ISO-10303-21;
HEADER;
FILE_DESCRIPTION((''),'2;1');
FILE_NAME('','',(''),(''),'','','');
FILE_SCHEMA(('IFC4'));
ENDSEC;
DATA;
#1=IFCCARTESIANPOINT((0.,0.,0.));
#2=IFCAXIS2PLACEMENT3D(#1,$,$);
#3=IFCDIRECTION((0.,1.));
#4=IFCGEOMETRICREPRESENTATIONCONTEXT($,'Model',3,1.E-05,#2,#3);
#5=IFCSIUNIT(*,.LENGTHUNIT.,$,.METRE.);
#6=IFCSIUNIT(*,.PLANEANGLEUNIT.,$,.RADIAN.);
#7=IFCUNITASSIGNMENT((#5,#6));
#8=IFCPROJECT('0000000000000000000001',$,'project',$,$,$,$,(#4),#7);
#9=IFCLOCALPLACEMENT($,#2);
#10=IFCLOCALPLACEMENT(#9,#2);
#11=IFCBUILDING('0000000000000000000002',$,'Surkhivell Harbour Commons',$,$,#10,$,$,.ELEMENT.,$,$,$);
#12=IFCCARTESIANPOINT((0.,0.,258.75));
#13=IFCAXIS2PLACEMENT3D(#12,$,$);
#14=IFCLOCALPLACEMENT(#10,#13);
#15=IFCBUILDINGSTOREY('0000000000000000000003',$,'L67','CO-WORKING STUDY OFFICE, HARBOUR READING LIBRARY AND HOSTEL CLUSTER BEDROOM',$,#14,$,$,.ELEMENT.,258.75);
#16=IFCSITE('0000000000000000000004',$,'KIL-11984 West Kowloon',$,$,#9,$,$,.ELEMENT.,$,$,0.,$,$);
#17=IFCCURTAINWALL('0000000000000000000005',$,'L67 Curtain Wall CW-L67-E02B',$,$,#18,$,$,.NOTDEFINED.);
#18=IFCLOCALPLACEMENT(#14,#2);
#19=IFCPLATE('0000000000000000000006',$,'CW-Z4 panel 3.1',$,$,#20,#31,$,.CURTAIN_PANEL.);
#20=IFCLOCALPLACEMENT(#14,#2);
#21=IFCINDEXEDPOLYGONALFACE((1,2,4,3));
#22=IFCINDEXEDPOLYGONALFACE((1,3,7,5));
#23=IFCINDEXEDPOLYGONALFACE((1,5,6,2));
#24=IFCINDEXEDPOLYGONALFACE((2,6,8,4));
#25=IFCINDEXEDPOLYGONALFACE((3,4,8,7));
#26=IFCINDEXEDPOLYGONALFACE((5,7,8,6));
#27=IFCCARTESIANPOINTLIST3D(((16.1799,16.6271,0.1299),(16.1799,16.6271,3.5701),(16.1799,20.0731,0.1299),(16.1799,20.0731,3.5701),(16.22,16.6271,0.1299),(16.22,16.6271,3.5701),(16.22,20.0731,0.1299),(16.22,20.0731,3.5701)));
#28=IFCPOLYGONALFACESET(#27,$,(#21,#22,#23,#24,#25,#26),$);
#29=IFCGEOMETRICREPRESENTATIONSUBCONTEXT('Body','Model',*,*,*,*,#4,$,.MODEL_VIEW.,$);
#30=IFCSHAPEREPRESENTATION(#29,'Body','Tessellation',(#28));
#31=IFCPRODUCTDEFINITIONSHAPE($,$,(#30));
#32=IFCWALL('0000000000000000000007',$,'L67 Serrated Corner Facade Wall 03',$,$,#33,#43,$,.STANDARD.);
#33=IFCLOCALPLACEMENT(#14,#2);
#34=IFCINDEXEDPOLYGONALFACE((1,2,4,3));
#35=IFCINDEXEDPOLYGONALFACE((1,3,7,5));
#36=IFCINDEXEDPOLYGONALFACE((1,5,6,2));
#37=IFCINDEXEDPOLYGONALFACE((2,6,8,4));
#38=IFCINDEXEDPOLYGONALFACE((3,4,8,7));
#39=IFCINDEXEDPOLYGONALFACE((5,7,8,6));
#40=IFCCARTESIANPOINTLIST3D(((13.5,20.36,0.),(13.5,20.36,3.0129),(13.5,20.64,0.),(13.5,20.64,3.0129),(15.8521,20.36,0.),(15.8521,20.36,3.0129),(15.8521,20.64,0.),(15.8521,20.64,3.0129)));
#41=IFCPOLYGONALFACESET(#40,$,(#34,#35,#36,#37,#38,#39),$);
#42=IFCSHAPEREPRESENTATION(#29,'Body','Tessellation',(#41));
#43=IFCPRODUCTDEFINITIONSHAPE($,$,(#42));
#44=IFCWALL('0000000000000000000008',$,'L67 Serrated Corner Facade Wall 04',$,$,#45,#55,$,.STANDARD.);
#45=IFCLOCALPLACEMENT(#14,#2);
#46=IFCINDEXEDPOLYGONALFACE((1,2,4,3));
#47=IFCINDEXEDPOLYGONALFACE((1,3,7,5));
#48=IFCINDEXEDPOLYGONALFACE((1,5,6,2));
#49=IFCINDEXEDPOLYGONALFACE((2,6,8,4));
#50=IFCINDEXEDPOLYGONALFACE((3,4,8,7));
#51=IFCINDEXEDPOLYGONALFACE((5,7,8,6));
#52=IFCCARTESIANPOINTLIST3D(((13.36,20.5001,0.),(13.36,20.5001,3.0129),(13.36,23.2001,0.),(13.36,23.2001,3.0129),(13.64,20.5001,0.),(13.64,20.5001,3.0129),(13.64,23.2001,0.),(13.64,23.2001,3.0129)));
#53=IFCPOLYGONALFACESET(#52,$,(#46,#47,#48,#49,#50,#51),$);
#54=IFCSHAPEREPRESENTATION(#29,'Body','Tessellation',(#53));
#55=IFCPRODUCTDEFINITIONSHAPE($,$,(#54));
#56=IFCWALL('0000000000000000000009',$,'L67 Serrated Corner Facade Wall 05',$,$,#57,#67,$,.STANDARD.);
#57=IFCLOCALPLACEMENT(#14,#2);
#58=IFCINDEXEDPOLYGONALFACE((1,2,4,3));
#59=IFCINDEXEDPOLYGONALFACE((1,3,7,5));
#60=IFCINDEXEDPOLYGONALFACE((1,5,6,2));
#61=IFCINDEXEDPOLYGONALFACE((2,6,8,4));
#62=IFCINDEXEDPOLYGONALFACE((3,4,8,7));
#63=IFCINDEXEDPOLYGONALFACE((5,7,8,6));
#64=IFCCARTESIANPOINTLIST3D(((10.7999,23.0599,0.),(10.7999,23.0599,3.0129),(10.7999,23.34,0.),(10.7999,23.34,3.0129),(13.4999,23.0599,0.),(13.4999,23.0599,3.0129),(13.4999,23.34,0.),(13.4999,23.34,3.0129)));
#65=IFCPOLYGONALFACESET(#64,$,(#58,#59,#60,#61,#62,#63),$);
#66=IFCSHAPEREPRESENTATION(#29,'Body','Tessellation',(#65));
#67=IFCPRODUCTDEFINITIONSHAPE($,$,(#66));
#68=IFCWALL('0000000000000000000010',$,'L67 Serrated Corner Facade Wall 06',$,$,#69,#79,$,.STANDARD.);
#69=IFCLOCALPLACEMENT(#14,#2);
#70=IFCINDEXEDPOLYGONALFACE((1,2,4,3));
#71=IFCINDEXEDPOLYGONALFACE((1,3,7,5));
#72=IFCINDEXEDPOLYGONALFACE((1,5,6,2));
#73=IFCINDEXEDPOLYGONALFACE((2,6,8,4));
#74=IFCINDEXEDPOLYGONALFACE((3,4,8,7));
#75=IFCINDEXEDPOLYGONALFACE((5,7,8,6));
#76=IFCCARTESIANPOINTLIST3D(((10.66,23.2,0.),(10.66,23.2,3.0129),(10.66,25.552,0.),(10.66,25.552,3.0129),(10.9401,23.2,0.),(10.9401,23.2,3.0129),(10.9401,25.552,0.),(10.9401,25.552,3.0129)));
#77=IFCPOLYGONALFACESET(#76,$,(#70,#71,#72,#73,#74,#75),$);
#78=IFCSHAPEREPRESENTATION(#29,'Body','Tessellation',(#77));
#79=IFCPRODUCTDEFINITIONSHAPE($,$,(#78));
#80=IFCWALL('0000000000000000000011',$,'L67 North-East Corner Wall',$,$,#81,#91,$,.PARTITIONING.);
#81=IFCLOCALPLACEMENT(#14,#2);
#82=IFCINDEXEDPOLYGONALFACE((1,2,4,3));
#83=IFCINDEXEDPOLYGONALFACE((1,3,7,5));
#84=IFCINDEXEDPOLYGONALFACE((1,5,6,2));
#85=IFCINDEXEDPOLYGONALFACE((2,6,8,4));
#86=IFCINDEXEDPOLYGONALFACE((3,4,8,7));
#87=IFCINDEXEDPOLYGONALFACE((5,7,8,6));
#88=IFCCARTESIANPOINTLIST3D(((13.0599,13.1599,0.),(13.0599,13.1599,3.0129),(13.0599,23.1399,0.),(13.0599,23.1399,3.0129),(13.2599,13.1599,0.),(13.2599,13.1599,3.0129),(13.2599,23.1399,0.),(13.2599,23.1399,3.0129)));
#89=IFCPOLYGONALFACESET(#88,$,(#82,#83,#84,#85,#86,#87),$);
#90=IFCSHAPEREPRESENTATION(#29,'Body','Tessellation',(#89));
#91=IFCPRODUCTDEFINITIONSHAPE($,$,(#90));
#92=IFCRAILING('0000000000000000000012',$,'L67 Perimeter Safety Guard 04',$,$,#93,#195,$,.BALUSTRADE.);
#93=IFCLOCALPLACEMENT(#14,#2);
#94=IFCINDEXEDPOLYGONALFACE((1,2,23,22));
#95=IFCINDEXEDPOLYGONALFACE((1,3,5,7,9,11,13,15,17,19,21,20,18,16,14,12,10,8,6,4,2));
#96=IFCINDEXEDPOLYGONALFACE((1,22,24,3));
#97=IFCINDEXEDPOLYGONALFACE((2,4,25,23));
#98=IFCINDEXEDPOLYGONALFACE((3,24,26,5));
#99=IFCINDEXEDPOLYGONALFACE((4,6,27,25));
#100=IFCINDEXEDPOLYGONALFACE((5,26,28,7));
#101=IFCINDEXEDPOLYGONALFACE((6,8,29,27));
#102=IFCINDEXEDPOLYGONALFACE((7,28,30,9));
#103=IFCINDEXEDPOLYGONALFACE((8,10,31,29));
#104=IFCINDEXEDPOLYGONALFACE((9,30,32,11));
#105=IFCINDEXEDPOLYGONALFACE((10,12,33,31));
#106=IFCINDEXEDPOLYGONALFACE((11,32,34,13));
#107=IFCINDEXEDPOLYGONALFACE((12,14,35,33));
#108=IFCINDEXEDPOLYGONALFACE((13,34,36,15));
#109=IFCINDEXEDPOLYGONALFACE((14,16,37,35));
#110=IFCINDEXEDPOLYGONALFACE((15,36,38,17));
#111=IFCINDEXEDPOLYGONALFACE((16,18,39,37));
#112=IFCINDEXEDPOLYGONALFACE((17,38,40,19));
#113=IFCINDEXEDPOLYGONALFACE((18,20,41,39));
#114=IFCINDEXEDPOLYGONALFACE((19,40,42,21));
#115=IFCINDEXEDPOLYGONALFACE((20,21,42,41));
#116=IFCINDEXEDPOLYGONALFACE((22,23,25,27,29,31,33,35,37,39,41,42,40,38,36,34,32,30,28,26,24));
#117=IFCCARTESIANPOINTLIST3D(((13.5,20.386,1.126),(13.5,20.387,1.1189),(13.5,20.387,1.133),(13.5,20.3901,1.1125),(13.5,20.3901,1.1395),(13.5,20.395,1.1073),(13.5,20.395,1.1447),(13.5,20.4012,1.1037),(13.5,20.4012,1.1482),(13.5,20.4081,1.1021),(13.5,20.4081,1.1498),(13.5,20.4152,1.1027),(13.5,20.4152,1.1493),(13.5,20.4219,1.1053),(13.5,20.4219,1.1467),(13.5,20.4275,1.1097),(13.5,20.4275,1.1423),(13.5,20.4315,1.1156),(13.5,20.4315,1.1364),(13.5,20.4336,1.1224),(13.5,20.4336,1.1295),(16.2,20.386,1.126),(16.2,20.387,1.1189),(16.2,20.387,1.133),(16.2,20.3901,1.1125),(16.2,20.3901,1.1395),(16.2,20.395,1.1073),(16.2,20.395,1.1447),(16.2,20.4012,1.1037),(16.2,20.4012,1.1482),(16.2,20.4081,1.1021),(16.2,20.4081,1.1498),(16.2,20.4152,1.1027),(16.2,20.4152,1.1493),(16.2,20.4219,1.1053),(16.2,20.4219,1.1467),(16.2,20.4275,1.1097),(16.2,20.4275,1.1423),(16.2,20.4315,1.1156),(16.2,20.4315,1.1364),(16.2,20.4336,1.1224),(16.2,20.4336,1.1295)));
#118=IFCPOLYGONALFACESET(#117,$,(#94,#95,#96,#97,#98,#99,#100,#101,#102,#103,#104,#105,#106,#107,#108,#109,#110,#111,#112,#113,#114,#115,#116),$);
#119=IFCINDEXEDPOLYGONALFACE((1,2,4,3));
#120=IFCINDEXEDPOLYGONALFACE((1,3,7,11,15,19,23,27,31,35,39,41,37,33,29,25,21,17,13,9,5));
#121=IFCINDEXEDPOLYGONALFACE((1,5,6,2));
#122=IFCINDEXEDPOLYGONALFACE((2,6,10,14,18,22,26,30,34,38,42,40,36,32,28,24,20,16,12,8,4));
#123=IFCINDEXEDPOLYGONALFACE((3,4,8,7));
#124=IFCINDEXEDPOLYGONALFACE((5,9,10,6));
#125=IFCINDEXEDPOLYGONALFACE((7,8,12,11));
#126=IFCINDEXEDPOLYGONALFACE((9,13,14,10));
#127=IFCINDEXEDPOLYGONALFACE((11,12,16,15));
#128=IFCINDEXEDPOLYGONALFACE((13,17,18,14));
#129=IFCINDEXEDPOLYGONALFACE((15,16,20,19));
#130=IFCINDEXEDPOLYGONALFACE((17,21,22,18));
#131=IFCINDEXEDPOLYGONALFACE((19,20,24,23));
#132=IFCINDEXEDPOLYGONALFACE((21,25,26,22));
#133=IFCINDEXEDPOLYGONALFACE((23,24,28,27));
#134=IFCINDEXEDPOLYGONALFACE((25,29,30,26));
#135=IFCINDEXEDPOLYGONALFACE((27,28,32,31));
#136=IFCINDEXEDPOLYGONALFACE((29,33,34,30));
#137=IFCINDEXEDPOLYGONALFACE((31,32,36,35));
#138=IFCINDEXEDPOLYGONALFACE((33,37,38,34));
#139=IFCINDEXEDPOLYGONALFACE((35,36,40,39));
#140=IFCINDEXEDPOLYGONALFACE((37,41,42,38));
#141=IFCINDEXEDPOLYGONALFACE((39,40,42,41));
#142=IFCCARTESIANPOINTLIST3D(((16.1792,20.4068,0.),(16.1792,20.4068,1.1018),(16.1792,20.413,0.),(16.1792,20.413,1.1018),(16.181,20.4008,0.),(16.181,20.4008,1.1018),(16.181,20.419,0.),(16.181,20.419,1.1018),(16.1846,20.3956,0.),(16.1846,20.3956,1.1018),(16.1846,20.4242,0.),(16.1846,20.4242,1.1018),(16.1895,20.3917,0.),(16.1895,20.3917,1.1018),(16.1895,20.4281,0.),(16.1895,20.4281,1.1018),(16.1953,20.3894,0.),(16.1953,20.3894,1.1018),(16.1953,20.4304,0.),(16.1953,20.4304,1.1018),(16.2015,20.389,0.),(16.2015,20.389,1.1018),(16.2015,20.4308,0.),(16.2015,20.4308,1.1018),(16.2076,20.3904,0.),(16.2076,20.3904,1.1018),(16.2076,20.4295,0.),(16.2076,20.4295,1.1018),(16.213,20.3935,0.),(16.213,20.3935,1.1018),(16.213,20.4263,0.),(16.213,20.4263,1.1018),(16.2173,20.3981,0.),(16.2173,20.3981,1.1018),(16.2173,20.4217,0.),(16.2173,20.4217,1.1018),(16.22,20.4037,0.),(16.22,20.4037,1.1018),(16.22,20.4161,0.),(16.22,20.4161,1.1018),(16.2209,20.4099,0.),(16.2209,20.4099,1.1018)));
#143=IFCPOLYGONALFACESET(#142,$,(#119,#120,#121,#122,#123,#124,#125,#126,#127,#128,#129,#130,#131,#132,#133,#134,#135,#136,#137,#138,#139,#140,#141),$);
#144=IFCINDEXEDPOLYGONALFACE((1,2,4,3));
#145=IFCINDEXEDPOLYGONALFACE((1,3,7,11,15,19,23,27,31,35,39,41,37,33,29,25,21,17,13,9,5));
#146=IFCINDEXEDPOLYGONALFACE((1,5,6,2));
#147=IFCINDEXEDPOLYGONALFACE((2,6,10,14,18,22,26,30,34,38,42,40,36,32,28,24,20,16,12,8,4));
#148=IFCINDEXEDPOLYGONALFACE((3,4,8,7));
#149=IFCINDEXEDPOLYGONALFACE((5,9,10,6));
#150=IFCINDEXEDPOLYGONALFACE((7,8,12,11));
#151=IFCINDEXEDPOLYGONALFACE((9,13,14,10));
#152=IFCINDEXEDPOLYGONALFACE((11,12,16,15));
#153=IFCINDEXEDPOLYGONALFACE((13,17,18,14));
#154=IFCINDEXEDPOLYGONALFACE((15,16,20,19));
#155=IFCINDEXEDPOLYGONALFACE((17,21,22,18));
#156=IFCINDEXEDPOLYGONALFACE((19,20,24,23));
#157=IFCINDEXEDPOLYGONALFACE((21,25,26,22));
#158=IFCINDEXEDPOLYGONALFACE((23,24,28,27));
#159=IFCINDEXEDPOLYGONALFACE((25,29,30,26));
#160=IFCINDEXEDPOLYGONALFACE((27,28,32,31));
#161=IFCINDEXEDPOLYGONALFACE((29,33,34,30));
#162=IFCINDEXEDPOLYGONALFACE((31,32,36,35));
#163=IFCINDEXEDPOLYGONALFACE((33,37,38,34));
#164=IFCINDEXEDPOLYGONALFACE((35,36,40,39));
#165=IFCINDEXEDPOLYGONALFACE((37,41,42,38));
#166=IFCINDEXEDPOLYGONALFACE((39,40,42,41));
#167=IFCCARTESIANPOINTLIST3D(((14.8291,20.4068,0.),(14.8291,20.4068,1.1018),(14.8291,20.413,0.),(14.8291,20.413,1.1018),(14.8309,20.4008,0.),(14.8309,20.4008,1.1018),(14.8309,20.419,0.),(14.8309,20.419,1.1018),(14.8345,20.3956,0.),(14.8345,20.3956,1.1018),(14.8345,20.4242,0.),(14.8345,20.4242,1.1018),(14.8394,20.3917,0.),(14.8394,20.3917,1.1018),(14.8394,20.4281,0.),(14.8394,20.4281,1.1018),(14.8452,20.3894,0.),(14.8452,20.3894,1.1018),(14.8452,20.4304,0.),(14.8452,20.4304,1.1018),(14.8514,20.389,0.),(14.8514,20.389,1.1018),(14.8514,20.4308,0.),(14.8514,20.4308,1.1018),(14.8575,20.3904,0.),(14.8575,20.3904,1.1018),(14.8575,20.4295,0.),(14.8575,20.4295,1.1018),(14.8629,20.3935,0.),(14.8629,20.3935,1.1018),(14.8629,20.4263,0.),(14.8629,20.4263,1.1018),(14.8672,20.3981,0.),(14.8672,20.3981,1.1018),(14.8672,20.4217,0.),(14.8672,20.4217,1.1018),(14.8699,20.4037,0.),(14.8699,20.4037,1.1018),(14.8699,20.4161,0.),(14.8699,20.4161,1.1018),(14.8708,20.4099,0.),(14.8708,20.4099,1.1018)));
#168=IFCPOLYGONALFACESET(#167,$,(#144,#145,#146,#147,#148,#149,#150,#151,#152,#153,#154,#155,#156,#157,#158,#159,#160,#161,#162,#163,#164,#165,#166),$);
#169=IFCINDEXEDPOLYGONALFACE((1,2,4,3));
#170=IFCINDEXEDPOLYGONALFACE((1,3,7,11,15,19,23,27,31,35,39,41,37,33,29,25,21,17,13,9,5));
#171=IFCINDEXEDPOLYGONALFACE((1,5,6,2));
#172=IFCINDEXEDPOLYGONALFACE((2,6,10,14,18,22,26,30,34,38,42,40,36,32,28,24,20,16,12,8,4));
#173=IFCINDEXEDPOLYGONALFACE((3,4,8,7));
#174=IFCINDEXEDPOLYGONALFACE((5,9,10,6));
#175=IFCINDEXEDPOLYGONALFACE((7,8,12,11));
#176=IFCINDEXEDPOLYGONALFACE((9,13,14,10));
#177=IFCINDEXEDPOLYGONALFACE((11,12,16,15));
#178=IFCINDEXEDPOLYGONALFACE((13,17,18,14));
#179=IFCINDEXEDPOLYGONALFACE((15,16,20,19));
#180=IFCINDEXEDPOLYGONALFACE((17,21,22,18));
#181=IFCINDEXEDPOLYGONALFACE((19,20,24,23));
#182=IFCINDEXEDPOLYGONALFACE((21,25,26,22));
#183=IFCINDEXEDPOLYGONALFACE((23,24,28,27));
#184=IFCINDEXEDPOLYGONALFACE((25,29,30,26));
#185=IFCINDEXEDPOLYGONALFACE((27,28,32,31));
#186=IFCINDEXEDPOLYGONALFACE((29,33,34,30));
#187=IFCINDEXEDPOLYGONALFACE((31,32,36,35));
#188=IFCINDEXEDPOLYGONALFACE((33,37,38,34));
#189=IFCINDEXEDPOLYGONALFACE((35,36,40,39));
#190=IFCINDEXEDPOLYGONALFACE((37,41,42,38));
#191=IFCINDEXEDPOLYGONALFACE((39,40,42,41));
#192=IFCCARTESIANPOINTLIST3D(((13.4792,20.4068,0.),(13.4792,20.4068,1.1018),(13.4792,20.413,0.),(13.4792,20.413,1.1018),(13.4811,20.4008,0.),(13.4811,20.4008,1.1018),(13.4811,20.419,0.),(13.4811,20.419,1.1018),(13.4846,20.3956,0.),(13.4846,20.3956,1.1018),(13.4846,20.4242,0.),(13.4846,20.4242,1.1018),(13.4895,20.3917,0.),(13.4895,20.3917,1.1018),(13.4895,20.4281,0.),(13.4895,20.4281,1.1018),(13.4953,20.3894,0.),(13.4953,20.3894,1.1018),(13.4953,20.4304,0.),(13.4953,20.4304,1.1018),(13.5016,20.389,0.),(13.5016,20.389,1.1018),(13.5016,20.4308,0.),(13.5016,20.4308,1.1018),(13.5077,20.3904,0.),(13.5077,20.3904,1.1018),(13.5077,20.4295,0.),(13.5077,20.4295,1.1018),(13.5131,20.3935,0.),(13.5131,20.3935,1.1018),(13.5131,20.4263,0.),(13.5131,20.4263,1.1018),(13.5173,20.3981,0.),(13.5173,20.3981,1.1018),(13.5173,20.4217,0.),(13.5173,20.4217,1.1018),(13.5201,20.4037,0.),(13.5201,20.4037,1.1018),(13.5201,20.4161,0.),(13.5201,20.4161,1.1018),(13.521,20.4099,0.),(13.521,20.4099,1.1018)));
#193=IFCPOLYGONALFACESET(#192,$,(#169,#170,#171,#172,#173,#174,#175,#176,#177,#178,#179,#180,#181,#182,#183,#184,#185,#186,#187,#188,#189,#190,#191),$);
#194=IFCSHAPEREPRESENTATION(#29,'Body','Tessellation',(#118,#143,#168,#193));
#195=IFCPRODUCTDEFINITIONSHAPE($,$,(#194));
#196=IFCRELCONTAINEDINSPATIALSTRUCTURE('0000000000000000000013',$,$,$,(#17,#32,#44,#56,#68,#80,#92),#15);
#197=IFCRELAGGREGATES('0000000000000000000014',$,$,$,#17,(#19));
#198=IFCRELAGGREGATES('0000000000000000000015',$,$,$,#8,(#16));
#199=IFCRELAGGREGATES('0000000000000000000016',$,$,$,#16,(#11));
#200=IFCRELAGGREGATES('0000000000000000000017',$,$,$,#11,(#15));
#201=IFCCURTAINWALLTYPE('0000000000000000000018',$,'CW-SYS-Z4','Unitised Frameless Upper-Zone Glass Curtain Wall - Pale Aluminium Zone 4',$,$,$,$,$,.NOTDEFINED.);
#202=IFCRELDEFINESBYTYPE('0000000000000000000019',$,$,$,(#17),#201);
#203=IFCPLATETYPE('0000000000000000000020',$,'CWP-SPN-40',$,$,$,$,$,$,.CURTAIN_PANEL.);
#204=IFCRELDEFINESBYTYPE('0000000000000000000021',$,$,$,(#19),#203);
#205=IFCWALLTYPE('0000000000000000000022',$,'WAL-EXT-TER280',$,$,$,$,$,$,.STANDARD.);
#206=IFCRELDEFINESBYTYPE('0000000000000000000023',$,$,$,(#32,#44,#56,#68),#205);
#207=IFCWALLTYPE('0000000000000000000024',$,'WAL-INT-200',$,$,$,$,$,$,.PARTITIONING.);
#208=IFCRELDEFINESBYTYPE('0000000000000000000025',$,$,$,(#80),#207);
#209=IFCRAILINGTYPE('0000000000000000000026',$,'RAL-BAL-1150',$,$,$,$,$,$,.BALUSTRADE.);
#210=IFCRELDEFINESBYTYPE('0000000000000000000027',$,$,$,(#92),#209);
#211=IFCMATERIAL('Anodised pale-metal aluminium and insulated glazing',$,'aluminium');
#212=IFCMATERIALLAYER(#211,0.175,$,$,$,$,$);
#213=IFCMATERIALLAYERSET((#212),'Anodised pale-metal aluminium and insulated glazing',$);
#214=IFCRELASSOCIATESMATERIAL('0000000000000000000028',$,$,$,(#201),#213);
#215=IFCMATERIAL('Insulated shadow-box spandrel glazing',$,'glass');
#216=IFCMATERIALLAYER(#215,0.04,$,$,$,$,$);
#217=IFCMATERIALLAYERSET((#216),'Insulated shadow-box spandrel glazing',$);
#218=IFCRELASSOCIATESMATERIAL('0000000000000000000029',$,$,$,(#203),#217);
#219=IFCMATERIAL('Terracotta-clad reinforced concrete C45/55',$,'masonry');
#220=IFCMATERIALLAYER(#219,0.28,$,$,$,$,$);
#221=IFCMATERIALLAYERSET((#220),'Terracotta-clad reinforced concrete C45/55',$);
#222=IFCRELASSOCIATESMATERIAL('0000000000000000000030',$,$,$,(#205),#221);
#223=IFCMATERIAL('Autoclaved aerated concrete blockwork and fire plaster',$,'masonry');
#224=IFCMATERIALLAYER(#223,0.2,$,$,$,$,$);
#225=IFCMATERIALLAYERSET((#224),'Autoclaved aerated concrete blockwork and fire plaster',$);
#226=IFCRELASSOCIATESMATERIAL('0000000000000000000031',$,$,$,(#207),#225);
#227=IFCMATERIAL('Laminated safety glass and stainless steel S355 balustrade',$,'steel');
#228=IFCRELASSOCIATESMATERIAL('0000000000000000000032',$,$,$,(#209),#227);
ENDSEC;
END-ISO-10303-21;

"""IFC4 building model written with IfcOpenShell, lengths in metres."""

from ifc_helpers import new_model, si_unit, direction, frame, frame_2d, origin, origin_2d, place, context, subcontext, project, spatial, rectangle, circle, extrude, material, layer, layer_set, type_object, element, aggregate, save


model = new_model("IFC4")

# Units and contexts
model_context = context("Model", 3, precision=1e-05, world=origin(), true_north=direction((0.0, 1.0)))
body_context = subcontext(model_context, "Body", "Model", "MODEL_VIEW")
ifc_project = project(units=[si_unit("LENGTHUNIT", "METRE"), si_unit("PLANEANGLEUNIT", "RADIAN")], contexts=[model_context])

# Site, building, storey
site_placement = place(None, origin())
site = spatial("IfcSite", under=ifc_project, at=site_placement, Name="KIL-11984 West Kowloon", CompositionType="ELEMENT", RefElevation=0.0)
building_placement = place(site_placement, origin())
building = spatial("IfcBuilding", under=site, at=building_placement, Name="Surkhivell Harbour Commons", CompositionType="ELEMENT")
storey_placement = place(building_placement, frame((0.0, 0.0, 258.75)))
storey = spatial("IfcBuildingStorey", under=building, at=storey_placement, Name="L67", Description="CO-WORKING STUDY OFFICE, HARBOUR READING LIBRARY AND HOSTEL CLUSTER BEDROOM", CompositionType="ELEMENT", Elevation=258.75)

# Curtain wall, plate
ifc_material_1 = material(Name="Anodised pale-metal aluminium and insulated glazing", Category="aluminium")
ifc_layer_1 = layer(ifc_material_1, 0.175)
ifc_layer_set_1 = layer_set([ifc_layer_1], Name="Anodised pale-metal aluminium and insulated glazing")
curtain_wall_type = type_object("IfcCurtainWallType", Name="CW-SYS-Z4", Description="Unitised Frameless Upper-Zone Glass Curtain Wall - Pale Aluminium Zone 4", PredefinedType="NOTDEFINED", material=ifc_layer_set_1)
curtain_wall_placement = place(storey_placement, origin())
curtain_wall = element("IfcCurtainWall", 1, at=curtain_wall_placement, inside=storey, type_object=curtain_wall_type, Name="L67 Curtain Wall CW-L67-E02B", PredefinedType="NOTDEFINED")
ifc_material_2 = material(Name="Insulated shadow-box spandrel glazing", Category="glass")
ifc_layer_2 = layer(ifc_material_2, 0.04)
ifc_layer_set_2 = layer_set([ifc_layer_2], Name="Insulated shadow-box spandrel glazing")
plate_type = type_object("IfcPlateType", Name="CWP-SPN-40", PredefinedType="CURTAIN_PANEL", material=ifc_layer_set_2)
plate_1_placement = place(storey_placement, frame((16.2, 16.627, 0.1299), z_axis=(0.0, 0.0, 1.0), x_axis=(0.0, 1.0, 0.0)))
plate_1 = element("IfcPlate", 2, at=plate_1_placement, type_object=plate_type, Name="CW-Z4 panel 3.1", PredefinedType="CURTAIN_PANEL", context=body_context, shape_type="SweptSolid", body=[
    extrude(rectangle(XDim=3.446, YDim=0.04, at=frame_2d((1.7231, 0.0))), origin(), (0.0, 0.0, 1.0), 3.4402),
])
aggregate(curtain_wall, [plate_1])

# Walls
ifc_material_3 = material(Name="Terracotta-clad reinforced concrete C45/55", Category="masonry")
ifc_layer_3 = layer(ifc_material_3, 0.28)
ifc_layer_set_3 = layer_set([ifc_layer_3], Name="Terracotta-clad reinforced concrete C45/55")
wall_type_1 = type_object("IfcWallType", Name="WAL-EXT-TER280", PredefinedType="STANDARD", material=ifc_layer_set_3)
wall_1_placement = place(storey_placement, frame((15.8521, 20.5, 0.0), z_axis=(0.0, 0.0, 1.0), x_axis=(-1.0, 0.0, 0.0)))
element("IfcWall", 3, at=wall_1_placement, inside=storey, type_object=wall_type_1, Name="L67 Serrated Corner Facade Wall 03", PredefinedType="STANDARD", context=body_context, shape_type="SweptSolid", body=[
    extrude(rectangle(XDim=2.3521, YDim=0.28, at=frame_2d((1.176, 0.0))), origin(), (0.0, 0.0, 1.0), 3.0129),
])
for number, where, z_axis, x_axis, name in (
    (4, (13.5, 20.5, 0.0), (0.0, 0.0, 1.0), (0.0, 1.0, 0.0), "L67 Serrated Corner Facade Wall 04"),
    (5, (13.5, 23.2, 0.0), (0.0, 0.0, 1.0), (-1.0, 0.0, 0.0), "L67 Serrated Corner Facade Wall 05"),
):
    element("IfcWall", number, at=place(storey_placement, frame(where, z_axis=z_axis, x_axis=x_axis)), inside=storey, type_object=wall_type_1, Name=name, PredefinedType="STANDARD", context=body_context, shape_type="SweptSolid", body=[
        extrude(rectangle(XDim=2.7, YDim=0.28, at=frame_2d((1.3501, 0.0))), origin(), (0.0, 0.0, 1.0), 3.0129),
    ])
wall_2_placement = place(storey_placement, frame((10.8, 23.2, 0.0), z_axis=(0.0, 0.0, 1.0), x_axis=(0.0, 1.0, 0.0)))
element("IfcWall", 6, at=wall_2_placement, inside=storey, type_object=wall_type_1, Name="L67 Serrated Corner Facade Wall 06", PredefinedType="STANDARD", context=body_context, shape_type="SweptSolid", body=[
    extrude(rectangle(XDim=2.3521, YDim=0.28, at=frame_2d((1.176, 0.0))), origin(), (0.0, 0.0, 1.0), 3.0129),
])
ifc_material_4 = material(Name="Autoclaved aerated concrete blockwork and fire plaster", Category="masonry")
ifc_layer_4 = layer(ifc_material_4, 0.2)
ifc_layer_set_4 = layer_set([ifc_layer_4], Name="Autoclaved aerated concrete blockwork and fire plaster")
wall_type_2 = type_object("IfcWallType", Name="WAL-INT-200", PredefinedType="PARTITIONING", material=ifc_layer_set_4)
wall_3_placement = place(storey_placement, frame((13.1599, 13.1599, 0.0), z_axis=(0.0, 0.0, 1.0), x_axis=(0.0, 1.0, 0.0)))
element("IfcWall", 7, at=wall_3_placement, inside=storey, type_object=wall_type_2, Name="L67 North-East Corner Wall", PredefinedType="PARTITIONING", context=body_context, shape_type="SweptSolid", body=[
    extrude(rectangle(XDim=9.98, YDim=0.2, at=frame_2d((4.99, 0.0))), origin(), (0.0, 0.0, 1.0), 3.0129),
])

# Railing
ifc_material_5 = material(Name="Laminated safety glass and stainless steel S355 balustrade", Category="steel")
railing_type = type_object("IfcRailingType", Name="RAL-BAL-1150", PredefinedType="BALUSTRADE", material=ifc_material_5)
railing_1_placement = place(storey_placement, frame((16.2, 20.4099, 0.0)))
element("IfcRailing", 8, at=railing_1_placement, inside=storey, type_object=railing_type, Name="L67 Perimeter Safety Guard 04", PredefinedType="BALUSTRADE", context=body_context, shape_type="SweptSolid", body=[
    extrude(circle(Radius=0.0239, at=origin_2d()), frame((0.0, 0.0, 1.126), z_axis=(-1.0, 0.0, 0.0), x_axis=(0.0, -1.0, 0.0)), (0.0, 0.0, 1.0), 2.7),
    extrude(circle(Radius=0.021, at=origin_2d()), origin(), (0.0, 0.0, 1.0), 1.1018),
    extrude(circle(Radius=0.021, at=origin_2d()), frame((-1.3501, 0.0, 0.0)), (0.0, 0.0, 1.0), 1.1018),
    extrude(circle(Radius=0.021, at=origin_2d()), frame((-2.7, 0.0, 0.0)), (0.0, 0.0, 1.0), 1.1018),
])

save(model, "model.ifc")
